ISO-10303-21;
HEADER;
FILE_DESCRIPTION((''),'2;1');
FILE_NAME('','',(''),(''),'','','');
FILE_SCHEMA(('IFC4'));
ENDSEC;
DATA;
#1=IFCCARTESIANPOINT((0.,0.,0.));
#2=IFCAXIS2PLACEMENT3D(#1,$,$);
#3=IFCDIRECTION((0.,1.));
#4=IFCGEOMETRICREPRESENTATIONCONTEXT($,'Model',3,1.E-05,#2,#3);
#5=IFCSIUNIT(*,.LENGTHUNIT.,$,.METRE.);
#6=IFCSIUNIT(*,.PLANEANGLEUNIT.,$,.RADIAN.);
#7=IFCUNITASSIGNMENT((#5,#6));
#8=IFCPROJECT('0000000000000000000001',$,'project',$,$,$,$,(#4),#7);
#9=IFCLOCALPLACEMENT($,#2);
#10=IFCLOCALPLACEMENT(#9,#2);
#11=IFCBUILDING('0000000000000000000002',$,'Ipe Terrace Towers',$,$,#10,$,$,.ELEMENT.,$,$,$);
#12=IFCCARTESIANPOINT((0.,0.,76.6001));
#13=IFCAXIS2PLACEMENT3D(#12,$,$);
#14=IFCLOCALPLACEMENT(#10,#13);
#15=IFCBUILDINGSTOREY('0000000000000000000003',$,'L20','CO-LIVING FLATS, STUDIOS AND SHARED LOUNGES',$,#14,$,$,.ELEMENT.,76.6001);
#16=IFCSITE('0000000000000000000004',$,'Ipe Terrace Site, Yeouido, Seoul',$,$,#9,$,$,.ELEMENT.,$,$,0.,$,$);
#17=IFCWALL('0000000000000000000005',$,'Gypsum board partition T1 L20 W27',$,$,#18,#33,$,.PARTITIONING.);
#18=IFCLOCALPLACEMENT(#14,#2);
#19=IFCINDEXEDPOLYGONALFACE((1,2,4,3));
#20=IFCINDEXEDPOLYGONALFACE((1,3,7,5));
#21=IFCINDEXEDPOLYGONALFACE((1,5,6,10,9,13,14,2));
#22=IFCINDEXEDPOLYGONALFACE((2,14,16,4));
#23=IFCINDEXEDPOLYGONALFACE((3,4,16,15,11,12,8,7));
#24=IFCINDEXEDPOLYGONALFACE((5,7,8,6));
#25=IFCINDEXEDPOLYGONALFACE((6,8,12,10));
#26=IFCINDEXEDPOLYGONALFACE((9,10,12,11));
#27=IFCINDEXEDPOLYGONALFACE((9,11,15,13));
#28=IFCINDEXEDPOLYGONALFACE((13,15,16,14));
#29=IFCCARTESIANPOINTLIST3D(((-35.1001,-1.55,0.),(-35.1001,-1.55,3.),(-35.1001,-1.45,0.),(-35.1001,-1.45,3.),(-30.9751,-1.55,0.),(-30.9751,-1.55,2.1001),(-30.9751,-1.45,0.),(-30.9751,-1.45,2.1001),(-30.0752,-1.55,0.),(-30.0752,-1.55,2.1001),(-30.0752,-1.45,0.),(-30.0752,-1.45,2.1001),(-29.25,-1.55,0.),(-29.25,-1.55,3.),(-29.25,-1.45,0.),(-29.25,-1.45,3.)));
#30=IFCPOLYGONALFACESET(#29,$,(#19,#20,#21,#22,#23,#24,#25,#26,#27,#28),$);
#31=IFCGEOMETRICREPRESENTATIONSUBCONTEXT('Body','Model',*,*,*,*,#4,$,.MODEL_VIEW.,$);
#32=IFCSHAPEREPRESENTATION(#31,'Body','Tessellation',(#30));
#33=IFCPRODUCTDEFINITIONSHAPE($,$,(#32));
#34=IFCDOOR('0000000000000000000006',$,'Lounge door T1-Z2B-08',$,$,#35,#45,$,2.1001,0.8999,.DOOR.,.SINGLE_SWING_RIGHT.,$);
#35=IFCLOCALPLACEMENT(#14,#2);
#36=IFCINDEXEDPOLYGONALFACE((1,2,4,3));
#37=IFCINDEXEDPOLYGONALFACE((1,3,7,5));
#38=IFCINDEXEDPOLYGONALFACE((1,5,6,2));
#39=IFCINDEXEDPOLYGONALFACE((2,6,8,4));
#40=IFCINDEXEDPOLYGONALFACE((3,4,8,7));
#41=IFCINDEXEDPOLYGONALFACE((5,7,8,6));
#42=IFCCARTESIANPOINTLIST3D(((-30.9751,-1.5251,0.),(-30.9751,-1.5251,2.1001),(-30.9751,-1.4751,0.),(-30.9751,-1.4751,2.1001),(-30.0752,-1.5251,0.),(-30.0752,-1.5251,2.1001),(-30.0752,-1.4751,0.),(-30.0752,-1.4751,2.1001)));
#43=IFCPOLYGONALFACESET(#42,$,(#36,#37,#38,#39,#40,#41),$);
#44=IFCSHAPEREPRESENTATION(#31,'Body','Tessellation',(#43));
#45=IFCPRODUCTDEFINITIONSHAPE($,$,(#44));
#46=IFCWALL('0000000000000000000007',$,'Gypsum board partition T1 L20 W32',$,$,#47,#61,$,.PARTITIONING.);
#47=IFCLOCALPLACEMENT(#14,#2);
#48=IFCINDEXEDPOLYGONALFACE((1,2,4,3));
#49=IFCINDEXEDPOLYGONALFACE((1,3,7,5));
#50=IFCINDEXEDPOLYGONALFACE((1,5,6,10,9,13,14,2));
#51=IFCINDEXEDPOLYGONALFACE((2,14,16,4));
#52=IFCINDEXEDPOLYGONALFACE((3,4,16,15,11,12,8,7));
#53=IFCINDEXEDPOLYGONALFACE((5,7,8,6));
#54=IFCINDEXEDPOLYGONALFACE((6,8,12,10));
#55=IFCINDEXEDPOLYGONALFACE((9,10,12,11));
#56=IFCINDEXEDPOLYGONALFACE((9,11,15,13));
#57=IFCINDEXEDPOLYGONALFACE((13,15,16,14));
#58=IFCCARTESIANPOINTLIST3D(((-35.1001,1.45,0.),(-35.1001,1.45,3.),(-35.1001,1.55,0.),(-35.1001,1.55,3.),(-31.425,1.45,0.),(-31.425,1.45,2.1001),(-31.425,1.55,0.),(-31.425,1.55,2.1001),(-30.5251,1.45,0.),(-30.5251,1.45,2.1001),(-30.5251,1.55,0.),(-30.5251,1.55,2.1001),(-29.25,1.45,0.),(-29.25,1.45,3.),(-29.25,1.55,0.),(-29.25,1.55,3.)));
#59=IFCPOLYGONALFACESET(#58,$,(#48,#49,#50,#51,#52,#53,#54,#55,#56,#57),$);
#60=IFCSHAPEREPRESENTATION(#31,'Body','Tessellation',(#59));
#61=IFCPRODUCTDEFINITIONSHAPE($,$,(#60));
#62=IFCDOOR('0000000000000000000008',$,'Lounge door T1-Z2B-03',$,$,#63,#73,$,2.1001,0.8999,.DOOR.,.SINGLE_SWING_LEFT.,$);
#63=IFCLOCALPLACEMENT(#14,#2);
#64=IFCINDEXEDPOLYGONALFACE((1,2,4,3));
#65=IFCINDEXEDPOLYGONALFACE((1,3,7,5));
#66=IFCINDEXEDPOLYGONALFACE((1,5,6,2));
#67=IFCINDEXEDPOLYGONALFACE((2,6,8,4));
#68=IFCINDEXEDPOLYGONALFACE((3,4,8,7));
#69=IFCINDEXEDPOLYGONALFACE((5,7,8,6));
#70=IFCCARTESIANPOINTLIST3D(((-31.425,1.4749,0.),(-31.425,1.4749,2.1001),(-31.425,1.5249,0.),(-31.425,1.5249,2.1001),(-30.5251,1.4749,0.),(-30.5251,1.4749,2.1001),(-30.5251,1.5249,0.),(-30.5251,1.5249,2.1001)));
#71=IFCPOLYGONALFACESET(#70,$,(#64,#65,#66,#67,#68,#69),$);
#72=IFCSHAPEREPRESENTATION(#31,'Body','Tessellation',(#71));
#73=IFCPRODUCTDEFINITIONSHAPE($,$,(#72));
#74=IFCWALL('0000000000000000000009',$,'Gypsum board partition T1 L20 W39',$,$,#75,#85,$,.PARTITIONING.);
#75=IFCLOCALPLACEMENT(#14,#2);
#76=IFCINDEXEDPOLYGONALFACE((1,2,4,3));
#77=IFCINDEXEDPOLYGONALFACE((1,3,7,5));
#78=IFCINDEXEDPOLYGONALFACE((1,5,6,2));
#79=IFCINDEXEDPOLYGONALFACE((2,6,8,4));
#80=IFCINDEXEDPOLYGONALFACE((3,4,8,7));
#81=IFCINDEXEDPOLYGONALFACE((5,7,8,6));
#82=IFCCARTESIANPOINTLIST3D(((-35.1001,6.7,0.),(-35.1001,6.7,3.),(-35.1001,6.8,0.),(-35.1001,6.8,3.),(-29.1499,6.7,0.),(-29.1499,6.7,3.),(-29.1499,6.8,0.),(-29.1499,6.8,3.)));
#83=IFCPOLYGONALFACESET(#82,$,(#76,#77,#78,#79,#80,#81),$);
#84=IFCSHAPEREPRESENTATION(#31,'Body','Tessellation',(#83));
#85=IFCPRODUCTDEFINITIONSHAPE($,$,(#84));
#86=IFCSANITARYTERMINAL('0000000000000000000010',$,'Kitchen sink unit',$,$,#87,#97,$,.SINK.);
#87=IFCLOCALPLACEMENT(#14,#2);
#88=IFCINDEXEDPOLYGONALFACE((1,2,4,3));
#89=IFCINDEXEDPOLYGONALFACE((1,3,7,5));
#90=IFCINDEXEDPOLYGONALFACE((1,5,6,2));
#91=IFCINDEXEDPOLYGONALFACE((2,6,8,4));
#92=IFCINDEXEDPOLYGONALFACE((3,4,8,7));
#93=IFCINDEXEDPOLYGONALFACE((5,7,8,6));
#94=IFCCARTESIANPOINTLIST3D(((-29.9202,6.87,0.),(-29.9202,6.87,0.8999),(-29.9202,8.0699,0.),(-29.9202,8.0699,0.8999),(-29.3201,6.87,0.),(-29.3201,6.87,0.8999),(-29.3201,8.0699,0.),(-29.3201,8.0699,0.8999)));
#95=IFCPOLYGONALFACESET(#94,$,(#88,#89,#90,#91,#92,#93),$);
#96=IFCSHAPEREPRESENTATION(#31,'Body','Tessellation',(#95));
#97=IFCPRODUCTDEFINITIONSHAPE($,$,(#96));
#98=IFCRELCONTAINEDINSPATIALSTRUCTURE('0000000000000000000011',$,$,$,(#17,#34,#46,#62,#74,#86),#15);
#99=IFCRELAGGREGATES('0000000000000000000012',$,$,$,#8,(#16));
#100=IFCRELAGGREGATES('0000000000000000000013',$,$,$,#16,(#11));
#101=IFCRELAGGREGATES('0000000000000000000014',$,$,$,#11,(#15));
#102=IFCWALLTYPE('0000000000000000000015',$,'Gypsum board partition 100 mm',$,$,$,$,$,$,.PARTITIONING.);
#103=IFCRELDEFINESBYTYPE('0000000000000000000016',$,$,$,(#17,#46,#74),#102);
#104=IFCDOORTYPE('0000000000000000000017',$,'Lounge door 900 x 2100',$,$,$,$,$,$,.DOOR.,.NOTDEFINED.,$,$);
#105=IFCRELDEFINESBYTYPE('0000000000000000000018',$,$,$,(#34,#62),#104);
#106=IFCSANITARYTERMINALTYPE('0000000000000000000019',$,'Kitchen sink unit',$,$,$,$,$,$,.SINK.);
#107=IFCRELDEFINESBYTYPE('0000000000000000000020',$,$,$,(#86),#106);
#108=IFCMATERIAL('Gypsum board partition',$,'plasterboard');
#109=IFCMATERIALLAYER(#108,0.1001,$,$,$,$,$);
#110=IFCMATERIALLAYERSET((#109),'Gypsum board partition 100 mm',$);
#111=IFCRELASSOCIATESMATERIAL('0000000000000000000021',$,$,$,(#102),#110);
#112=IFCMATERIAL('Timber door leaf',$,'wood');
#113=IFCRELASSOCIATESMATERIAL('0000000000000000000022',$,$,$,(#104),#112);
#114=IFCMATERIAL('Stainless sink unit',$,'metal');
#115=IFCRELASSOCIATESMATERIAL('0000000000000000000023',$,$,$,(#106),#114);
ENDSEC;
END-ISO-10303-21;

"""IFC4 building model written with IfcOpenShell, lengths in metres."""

from ifc_helpers import new_model, si_unit, direction, frame, frame_2d, origin, origin_2d, place, context, subcontext, project, spatial, rectangle, extrude, material, layer, layer_set, type_object, element, fill, save


model = new_model("IFC4")

# Units and contexts
model_context = context("Model", 3, precision=1e-05, world=origin(), true_north=direction((0.0, 1.0)))
body_context = subcontext(model_context, "Body", "Model", "MODEL_VIEW")
ifc_project = project(units=[si_unit("LENGTHUNIT", "METRE"), si_unit("PLANEANGLEUNIT", "RADIAN")], contexts=[model_context])

# Site, building, storey
site_placement = place(None, origin())
site = spatial("IfcSite", under=ifc_project, at=site_placement, Name="Ipe Terrace Site, Yeouido, Seoul", CompositionType="ELEMENT", RefElevation=0.0)
building_placement = place(site_placement, origin())
building = spatial("IfcBuilding", under=site, at=building_placement, Name="Ipe Terrace Towers", CompositionType="ELEMENT")
storey_placement = place(building_placement, frame((0.0, 0.0, 76.6001)))
storey = spatial("IfcBuildingStorey", under=building, at=storey_placement, Name="L20", Description="CO-LIVING FLATS, STUDIOS AND SHARED LOUNGES", CompositionType="ELEMENT", Elevation=76.6001)

# Shared definitions
ifc_material_1 = material(Name="Gypsum board partition", Category="plasterboard")
ifc_layer = layer(ifc_material_1, 0.1001)
ifc_layer_set = layer_set([ifc_layer], Name="Gypsum board partition 100 mm")
wall_type = type_object("IfcWallType", Name="Gypsum board partition 100 mm", PredefinedType="PARTITIONING", material=ifc_layer_set)
ifc_material_2 = material(Name="Timber door leaf", Category="wood")
door_type_1 = type_object("IfcDoorType", Name="Lounge door 900 x 2100", OperationType="NOTDEFINED", PredefinedType="DOOR", material=ifc_material_2)

# Walls, openings, doors
wall_1_placement = place(storey_placement, frame((-35.1001, -1.5, 0.0), z_axis=(0.0, 0.0, 1.0), x_axis=(1.0, 0.0, 0.0)))
wall_1 = element("IfcWall", 1, at=wall_1_placement, inside=storey, type_object=wall_type, Name="Gypsum board partition T1 L20 W27", PredefinedType="PARTITIONING", context=body_context, shape_type="SweptSolid", body=[
    extrude(rectangle(XDim=5.8501, YDim=0.1001, at=frame_2d((2.925, 0.0))), origin(), (0.0, 0.0, 1.0), 3.0),
])
opening_1_placement = place(wall_1_placement, frame((4.125, 0.0, 0.0)))
opening_1 = element("IfcOpeningElement", 2, at=opening_1_placement, cuts=wall_1, PredefinedType="OPENING", context=body_context, shape_type="SweptSolid", body=[
    extrude(rectangle(XDim=0.8999, YDim=2.1001, at=frame_2d((0.45, 1.05))), frame((0.0, 0.0601, 0.0), z_axis=(0.0, -1.0, 0.0), x_axis=(1.0, 0.0, 0.0)), (0.0, 0.0, 1.0), 0.1201),
])
door_1_placement = place(opening_1_placement, origin())
door_1 = element("IfcDoor", 3, at=door_1_placement, inside=storey, type_object=door_type_1, Name="Lounge door T1-Z2B-08", OperationType="SINGLE_SWING_RIGHT", OverallHeight=2.1001, OverallWidth=0.8999, PredefinedType="DOOR", context=body_context, shape_type="SweptSolid", body=[
    extrude(rectangle(XDim=0.8999, YDim=2.1001, at=frame_2d((0.45, 1.05))), frame((0.0, 0.0249, 0.0), z_axis=(0.0, -1.0, 0.0), x_axis=(1.0, 0.0, 0.0)), (0.0, 0.0, 1.0), 0.05),
])
fill(opening_1, door_1)
wall_2_placement = place(storey_placement, frame((-35.1001, 1.5, 0.0), z_axis=(0.0, 0.0, 1.0), x_axis=(1.0, 0.0, 0.0)))
wall_2 = element("IfcWall", 4, at=wall_2_placement, inside=storey, type_object=wall_type, Name="Gypsum board partition T1 L20 W32", PredefinedType="PARTITIONING", context=body_context, shape_type="SweptSolid", body=[
    extrude(rectangle(XDim=5.8501, YDim=0.1001, at=frame_2d((2.925, 0.0))), origin(), (0.0, 0.0, 1.0), 3.0),
])
opening_2_placement = place(wall_2_placement, frame((3.675, 0.0, 0.0)))
opening_2 = element("IfcOpeningElement", 5, at=opening_2_placement, cuts=wall_2, PredefinedType="OPENING", context=body_context, shape_type="SweptSolid", body=[
    extrude(rectangle(XDim=0.8999, YDim=2.1001, at=frame_2d((0.45, 1.05))), frame((0.0, 0.0601, 0.0), z_axis=(0.0, -1.0, 0.0), x_axis=(1.0, 0.0, 0.0)), (0.0, 0.0, 1.0), 0.1201),
])
door_2_placement = place(opening_2_placement, origin())
door_2 = element("IfcDoor", 6, at=door_2_placement, inside=storey, type_object=door_type_1, Name="Lounge door T1-Z2B-03", OperationType="SINGLE_SWING_LEFT", OverallHeight=2.1001, OverallWidth=0.8999, PredefinedType="DOOR", context=body_context, shape_type="SweptSolid", body=[
    extrude(rectangle(XDim=0.8999, YDim=2.1001, at=frame_2d((0.45, 1.05))), frame((0.0, 0.0249, 0.0), z_axis=(0.0, -1.0, 0.0), x_axis=(1.0, 0.0, 0.0)), (0.0, 0.0, 1.0), 0.05),
])
fill(opening_2, door_2)

# Wall
wall_3_placement = place(storey_placement, frame((-35.1001, 6.75, 0.0), z_axis=(0.0, 0.0, 1.0), x_axis=(1.0, 0.0, 0.0)))
element("IfcWall", 7, at=wall_3_placement, inside=storey, type_object=wall_type, Name="Gypsum board partition T1 L20 W39", PredefinedType="PARTITIONING", context=body_context, shape_type="SweptSolid", body=[
    extrude(rectangle(XDim=5.9502, YDim=0.1001, at=frame_2d((2.9751, 0.0))), origin(), (0.0, 0.0, 1.0), 3.0),
])

# Sanitary terminal
ifc_material_3 = material(Name="Stainless sink unit", Category="metal")
sanitary_terminal_type = type_object("IfcSanitaryTerminalType", Name="Kitchen sink unit", PredefinedType="SINK", material=ifc_material_3)
sanitary_terminal_placement = place(storey_placement, frame((-29.6201, 7.47, 0.0), z_axis=(0.0, 0.0, 1.0), x_axis=(0.0, -1.0, 0.0)))
element("IfcSanitaryTerminal", 8, at=sanitary_terminal_placement, inside=storey, type_object=sanitary_terminal_type, Name="Kitchen sink unit", PredefinedType="SINK", context=body_context, shape_type="SweptSolid", body=[
    extrude(rectangle(XDim=1.2, YDim=0.6001, at=origin_2d()), origin(), (0.0, 0.0, 1.0), 0.8999),
])

save(model, "model.ifc")
